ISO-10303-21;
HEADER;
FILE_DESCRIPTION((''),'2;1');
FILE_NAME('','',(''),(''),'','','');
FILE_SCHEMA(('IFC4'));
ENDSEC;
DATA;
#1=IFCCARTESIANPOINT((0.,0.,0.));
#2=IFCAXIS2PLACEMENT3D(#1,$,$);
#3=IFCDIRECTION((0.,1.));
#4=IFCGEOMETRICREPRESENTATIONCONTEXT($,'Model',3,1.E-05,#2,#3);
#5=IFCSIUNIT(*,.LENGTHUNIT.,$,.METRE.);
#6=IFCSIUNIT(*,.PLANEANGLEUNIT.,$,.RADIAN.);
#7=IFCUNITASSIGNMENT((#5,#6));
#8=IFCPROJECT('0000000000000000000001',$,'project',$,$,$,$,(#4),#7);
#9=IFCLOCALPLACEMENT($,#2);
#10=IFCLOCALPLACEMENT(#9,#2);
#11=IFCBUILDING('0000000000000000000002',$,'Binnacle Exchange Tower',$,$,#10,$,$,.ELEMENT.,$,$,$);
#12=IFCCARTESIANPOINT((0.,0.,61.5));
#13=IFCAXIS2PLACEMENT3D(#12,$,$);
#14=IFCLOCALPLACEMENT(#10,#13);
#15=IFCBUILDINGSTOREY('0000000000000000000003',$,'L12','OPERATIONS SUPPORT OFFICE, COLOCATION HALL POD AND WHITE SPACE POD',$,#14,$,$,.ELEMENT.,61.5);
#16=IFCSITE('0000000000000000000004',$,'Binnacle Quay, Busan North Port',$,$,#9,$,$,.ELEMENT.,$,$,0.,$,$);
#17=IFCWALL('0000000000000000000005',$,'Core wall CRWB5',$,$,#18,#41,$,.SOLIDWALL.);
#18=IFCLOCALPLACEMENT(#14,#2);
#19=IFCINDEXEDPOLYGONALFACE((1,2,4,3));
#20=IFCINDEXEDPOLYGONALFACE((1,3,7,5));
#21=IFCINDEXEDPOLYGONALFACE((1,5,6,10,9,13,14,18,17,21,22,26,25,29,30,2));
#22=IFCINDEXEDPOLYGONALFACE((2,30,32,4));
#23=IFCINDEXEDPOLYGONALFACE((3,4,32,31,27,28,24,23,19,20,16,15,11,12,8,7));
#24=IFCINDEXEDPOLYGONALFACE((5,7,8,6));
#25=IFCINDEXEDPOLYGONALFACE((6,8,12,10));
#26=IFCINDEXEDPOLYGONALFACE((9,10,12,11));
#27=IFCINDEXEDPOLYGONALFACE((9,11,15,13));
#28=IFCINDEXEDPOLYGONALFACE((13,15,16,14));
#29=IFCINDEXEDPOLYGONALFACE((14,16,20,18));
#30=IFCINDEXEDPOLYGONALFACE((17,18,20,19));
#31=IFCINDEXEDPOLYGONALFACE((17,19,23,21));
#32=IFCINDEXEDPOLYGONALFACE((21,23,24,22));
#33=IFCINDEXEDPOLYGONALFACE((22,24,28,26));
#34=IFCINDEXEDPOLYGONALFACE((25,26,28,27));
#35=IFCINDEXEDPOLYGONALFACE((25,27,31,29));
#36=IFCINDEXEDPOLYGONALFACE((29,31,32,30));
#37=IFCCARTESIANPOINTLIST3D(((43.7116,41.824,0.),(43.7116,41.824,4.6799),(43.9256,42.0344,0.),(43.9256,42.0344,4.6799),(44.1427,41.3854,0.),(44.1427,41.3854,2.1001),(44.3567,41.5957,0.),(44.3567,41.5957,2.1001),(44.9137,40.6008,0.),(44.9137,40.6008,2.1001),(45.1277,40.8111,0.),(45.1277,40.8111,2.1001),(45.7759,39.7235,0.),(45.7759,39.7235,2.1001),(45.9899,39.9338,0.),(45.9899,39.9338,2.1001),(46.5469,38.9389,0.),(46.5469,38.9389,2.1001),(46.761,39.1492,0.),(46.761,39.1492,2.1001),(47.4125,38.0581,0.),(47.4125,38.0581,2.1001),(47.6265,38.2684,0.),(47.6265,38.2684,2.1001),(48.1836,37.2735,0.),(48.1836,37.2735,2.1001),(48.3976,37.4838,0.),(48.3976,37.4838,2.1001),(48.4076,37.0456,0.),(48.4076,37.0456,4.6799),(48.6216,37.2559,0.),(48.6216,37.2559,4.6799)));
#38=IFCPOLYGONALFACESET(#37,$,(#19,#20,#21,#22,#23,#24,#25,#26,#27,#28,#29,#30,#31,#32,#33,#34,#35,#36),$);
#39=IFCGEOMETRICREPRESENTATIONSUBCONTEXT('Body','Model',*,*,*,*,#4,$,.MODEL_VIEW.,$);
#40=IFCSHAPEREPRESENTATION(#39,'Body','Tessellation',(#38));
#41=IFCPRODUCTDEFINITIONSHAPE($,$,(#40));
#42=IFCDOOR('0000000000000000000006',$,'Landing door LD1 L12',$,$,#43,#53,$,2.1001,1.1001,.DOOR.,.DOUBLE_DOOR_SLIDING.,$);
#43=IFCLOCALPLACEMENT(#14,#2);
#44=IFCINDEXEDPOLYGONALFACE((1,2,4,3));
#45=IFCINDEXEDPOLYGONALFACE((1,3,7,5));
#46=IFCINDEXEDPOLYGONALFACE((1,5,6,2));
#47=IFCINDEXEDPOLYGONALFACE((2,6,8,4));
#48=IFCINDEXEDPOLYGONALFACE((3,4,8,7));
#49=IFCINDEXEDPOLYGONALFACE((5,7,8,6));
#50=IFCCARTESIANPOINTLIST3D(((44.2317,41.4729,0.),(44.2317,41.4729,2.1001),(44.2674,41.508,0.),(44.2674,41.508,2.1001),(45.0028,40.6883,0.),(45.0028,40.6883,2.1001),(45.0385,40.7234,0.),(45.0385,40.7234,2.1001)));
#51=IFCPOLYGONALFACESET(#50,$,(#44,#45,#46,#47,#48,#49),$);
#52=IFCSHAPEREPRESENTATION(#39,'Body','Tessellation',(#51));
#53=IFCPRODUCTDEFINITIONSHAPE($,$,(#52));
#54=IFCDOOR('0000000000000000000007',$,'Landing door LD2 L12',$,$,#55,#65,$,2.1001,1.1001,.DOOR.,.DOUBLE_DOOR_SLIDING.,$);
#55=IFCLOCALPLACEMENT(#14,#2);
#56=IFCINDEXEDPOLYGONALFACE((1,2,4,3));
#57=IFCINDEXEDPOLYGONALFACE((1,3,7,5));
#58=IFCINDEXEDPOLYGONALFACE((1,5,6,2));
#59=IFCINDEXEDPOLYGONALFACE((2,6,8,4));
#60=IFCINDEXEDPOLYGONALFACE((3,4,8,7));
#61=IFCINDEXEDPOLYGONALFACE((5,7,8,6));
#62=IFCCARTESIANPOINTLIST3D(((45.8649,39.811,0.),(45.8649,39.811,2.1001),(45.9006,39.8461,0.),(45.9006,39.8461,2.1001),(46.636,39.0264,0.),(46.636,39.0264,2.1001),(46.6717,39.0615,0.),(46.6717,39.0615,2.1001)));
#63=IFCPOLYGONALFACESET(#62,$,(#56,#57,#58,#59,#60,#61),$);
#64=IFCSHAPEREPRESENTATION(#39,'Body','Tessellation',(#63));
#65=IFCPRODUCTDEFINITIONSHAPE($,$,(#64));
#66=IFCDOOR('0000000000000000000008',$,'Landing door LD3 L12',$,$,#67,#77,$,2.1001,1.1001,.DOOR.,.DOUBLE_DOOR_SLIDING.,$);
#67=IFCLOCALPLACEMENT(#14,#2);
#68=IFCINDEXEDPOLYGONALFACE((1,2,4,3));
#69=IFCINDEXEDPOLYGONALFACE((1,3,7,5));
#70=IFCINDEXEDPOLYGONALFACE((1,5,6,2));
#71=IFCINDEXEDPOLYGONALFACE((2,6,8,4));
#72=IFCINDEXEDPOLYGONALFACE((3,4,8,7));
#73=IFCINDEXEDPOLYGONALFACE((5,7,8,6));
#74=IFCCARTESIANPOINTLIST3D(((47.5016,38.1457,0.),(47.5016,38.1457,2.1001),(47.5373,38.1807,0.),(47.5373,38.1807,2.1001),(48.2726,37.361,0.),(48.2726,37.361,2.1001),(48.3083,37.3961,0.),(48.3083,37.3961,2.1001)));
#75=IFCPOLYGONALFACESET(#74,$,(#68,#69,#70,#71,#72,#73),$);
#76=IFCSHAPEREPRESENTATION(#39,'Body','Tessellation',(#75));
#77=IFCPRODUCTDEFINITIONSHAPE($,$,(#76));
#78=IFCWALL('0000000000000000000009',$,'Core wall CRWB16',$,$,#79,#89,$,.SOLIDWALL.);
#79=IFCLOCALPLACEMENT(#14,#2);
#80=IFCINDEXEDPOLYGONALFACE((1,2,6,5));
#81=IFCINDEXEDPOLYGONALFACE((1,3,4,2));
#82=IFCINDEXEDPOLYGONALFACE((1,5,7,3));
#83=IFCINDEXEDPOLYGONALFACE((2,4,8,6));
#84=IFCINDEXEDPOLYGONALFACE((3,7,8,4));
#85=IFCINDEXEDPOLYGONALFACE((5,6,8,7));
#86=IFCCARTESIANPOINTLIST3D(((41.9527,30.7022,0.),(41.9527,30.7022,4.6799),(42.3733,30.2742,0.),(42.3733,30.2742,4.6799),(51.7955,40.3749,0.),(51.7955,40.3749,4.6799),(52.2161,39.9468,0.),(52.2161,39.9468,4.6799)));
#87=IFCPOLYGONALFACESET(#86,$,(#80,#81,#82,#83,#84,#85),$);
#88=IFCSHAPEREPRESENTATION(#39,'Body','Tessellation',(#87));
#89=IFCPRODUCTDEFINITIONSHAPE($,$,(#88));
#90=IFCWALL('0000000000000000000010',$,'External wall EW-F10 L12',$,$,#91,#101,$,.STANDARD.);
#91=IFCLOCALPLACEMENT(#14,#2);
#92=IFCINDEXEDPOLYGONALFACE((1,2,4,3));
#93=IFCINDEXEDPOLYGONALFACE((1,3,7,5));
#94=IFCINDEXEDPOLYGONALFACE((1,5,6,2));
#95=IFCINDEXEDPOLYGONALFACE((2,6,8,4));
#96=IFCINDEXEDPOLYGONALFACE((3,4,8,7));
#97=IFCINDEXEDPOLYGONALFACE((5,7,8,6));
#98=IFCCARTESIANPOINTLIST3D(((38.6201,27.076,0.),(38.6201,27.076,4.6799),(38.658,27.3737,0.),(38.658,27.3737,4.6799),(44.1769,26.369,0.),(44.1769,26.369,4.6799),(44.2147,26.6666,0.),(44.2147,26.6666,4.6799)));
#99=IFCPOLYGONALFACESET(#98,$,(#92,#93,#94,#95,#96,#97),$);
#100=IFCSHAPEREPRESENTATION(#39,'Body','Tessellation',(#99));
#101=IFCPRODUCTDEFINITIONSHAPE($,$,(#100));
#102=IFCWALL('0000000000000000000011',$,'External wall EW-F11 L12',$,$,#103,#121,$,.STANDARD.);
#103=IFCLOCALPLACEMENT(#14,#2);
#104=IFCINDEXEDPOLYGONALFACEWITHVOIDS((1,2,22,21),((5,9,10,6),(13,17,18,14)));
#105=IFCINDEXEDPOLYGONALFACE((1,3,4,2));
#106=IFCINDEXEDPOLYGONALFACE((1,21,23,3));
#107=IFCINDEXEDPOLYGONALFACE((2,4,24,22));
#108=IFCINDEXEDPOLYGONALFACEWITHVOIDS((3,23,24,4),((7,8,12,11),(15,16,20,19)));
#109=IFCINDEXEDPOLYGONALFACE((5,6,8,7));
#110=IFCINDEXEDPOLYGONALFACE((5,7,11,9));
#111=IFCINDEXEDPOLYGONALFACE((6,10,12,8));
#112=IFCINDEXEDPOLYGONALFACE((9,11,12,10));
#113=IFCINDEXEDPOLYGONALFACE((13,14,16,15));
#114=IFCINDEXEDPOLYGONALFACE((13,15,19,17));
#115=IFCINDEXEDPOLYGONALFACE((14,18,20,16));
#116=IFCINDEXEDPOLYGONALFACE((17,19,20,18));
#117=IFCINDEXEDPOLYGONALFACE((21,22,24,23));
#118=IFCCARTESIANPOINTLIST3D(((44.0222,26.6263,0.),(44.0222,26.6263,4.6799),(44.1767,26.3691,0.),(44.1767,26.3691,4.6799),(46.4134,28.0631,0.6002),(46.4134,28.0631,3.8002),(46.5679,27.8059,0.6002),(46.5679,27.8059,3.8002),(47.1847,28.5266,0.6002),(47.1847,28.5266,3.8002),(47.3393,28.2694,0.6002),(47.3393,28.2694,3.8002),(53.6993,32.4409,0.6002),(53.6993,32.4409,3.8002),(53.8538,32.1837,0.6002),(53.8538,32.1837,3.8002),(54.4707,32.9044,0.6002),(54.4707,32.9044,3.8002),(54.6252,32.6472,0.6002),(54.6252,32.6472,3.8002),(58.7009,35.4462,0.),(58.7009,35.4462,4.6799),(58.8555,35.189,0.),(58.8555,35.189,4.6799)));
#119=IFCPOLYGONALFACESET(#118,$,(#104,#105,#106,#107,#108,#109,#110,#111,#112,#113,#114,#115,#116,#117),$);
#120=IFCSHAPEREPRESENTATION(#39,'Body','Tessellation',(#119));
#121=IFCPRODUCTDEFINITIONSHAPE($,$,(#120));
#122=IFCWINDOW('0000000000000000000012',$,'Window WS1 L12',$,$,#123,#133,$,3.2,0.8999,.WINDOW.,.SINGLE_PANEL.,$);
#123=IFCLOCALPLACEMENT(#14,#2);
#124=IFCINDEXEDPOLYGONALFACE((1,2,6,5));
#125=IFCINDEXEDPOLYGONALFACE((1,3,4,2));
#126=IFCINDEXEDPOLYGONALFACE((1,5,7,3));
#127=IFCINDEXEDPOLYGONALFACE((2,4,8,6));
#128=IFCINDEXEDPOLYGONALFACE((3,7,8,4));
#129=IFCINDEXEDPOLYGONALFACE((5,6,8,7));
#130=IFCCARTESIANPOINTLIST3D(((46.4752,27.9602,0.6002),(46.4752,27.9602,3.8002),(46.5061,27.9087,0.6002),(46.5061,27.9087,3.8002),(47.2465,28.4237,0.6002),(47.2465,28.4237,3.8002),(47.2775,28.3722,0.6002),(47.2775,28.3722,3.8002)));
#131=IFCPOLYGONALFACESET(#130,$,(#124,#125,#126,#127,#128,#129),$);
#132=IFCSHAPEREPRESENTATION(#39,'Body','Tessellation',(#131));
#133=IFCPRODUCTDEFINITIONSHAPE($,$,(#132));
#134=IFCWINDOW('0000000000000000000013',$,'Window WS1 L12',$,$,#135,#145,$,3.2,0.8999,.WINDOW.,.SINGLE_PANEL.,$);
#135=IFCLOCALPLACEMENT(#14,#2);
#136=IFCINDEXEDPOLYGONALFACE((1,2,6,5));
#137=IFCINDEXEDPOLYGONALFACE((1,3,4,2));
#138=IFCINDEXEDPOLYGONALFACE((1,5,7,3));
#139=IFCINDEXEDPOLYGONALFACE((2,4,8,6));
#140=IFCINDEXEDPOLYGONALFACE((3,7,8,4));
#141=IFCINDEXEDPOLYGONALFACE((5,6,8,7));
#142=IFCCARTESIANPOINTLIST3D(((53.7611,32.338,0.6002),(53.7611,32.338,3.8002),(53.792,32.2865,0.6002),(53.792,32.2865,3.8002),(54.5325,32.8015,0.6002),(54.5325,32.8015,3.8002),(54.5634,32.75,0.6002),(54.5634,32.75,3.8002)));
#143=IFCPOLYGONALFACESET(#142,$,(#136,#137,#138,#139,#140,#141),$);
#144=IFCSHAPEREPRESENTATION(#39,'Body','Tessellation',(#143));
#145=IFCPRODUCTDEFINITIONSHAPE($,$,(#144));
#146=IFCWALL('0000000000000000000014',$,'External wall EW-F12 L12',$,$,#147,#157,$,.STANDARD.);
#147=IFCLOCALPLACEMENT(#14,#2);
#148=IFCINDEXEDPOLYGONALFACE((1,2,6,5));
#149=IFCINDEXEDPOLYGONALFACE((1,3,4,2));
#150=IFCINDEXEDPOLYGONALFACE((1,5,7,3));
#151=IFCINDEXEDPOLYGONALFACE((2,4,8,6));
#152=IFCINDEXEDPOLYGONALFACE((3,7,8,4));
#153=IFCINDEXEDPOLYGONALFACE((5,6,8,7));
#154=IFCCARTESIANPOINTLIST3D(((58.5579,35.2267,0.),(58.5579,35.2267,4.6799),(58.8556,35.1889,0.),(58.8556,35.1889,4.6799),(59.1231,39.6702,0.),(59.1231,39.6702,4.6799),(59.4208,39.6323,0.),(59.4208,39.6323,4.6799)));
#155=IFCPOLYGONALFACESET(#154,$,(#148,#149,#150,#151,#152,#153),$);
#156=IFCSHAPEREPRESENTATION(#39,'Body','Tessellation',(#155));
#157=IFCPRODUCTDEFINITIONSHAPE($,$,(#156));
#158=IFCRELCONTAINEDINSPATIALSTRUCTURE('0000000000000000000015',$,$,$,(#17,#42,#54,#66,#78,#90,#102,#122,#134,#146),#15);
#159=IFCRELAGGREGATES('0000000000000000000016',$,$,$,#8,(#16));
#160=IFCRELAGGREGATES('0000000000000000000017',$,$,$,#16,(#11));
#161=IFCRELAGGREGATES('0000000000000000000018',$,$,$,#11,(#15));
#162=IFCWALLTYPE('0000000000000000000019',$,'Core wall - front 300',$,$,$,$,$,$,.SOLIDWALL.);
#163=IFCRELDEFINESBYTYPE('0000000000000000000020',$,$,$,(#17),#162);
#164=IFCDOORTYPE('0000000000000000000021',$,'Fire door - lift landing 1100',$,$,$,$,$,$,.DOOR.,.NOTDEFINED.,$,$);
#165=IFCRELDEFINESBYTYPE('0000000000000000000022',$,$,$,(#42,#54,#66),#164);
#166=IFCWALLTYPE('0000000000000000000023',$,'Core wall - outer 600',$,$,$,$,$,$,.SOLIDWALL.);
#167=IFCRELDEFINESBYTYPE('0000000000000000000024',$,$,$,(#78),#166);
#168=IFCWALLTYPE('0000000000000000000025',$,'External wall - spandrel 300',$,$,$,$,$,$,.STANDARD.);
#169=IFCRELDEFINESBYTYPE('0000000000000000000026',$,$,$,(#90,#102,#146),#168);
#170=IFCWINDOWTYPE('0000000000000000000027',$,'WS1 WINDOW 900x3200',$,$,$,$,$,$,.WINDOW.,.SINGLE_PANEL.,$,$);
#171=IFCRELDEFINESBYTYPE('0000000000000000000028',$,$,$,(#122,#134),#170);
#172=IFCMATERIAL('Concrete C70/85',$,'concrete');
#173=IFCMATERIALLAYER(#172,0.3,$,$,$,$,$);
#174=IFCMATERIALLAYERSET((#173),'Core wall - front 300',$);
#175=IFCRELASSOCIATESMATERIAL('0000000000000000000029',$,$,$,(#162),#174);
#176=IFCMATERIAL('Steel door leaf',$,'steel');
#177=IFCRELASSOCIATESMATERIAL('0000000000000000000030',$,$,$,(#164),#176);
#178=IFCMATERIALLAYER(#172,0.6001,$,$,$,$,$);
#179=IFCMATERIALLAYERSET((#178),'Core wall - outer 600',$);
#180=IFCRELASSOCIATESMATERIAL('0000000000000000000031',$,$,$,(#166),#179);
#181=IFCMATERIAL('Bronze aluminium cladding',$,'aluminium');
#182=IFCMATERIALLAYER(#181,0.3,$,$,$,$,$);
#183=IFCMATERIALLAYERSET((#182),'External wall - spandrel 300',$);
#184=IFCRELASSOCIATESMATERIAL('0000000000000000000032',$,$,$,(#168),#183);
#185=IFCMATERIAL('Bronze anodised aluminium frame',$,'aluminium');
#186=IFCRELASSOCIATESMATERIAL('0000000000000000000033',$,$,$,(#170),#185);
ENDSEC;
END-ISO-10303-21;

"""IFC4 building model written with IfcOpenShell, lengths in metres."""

from ifc_helpers import new_model, si_unit, direction, frame, frame_2d, origin, place, context, subcontext, project, spatial, rectangle, extrude, material, layer, layer_set, type_object, element, fill, save


model = new_model("IFC4")

# Units and contexts
model_context = context("Model", 3, precision=1e-05, world=origin(), true_north=direction((0.0, 1.0)))
body_context = subcontext(model_context, "Body", "Model", "MODEL_VIEW")
ifc_project = project(units=[si_unit("LENGTHUNIT", "METRE"), si_unit("PLANEANGLEUNIT", "RADIAN")], contexts=[model_context])

# Site, building, storey
site_placement = place(None, origin())
site = spatial("IfcSite", under=ifc_project, at=site_placement, Name="Binnacle Quay, Busan North Port", CompositionType="ELEMENT", RefElevation=0.0)
building_placement = place(site_placement, origin())
building = spatial("IfcBuilding", under=site, at=building_placement, Name="Binnacle Exchange Tower", CompositionType="ELEMENT")
storey_placement = place(building_placement, frame((0.0, 0.0, 61.5)))
storey = spatial("IfcBuildingStorey", under=building, at=storey_placement, Name="L12", Description="OPERATIONS SUPPORT OFFICE, COLOCATION HALL POD AND WHITE SPACE POD", CompositionType="ELEMENT", Elevation=61.5)

# Shared definitions
ifc_material_1 = material(Name="Concrete C70/85", Category="concrete")

# Wall, openings, doors
ifc_layer_1 = layer(ifc_material_1, 0.3)
ifc_layer_set_1 = layer_set([ifc_layer_1], Name="Core wall - front 300")
wall_type_1 = type_object("IfcWallType", Name="Core wall - front 300", PredefinedType="SOLIDWALL", material=ifc_layer_set_1)
wall_1_placement = place(storey_placement, frame((43.8186, 41.9292, 0.0), z_axis=(0.0, 0.0, 1.0), x_axis=(0.700922, -0.713238, 0.0)))
wall_1 = element("IfcWall", 1, at=wall_1_placement, inside=storey, type_object=wall_type_1, Name="Core wall CRWB5", PredefinedType="SOLIDWALL", context=body_context, shape_type="SweptSolid", body=[
    extrude(rectangle(XDim=6.6997, YDim=0.3, at=frame_2d((3.3499, 0.0))), origin(), (0.0, 0.0, 1.0), 4.6799),
])
opening_1_placement = place(wall_1_placement, frame((0.615, 0.0, 0.0)))
opening_1 = element("IfcOpeningElement", 2, at=opening_1_placement, cuts=wall_1, PredefinedType="OPENING", context=body_context, shape_type="SweptSolid", body=[
    extrude(rectangle(XDim=1.1001, YDim=2.1001, at=frame_2d((0.55, 1.05))), frame((0.0, 0.1599, 0.0), z_axis=(0.0, -1.0, 0.0), x_axis=(1.0, 0.0, 0.0)), (0.0, 0.0, 1.0), 0.3201),
])
opening_2_placement = place(wall_1_placement, frame((2.9451, 0.0, 0.0)))
opening_2 = element("IfcOpeningElement", 3, at=opening_2_placement, cuts=wall_1, PredefinedType="OPENING", context=body_context, shape_type="SweptSolid", body=[
    extrude(rectangle(XDim=1.1001, YDim=2.1001, at=frame_2d((0.55, 1.05))), frame((0.0, 0.1599, 0.0), z_axis=(0.0, -1.0, 0.0), x_axis=(1.0, 0.0, 0.0)), (0.0, 0.0, 1.0), 0.3201),
])
opening_3_placement = place(wall_1_placement, frame((5.28, 0.0, 0.0)))
opening_3 = element("IfcOpeningElement", 4, at=opening_3_placement, cuts=wall_1, PredefinedType="OPENING", context=body_context, shape_type="SweptSolid", body=[
    extrude(rectangle(XDim=1.1001, YDim=2.1001, at=frame_2d((0.55, 1.05))), frame((0.0, 0.1599, 0.0), z_axis=(0.0, -1.0, 0.0), x_axis=(1.0, 0.0, 0.0)), (0.0, 0.0, 1.0), 0.3201),
])
ifc_material_2 = material(Name="Steel door leaf", Category="steel")
door_type_1 = type_object("IfcDoorType", Name="Fire door - lift landing 1100", OperationType="NOTDEFINED", PredefinedType="DOOR", material=ifc_material_2)
door_1_placement = place(opening_1_placement, origin())
door_1 = element("IfcDoor", 5, at=door_1_placement, inside=storey, type_object=door_type_1, Name="Landing door LD1 L12", OperationType="DOUBLE_DOOR_SLIDING", OverallHeight=2.1001, OverallWidth=1.1001, PredefinedType="DOOR", context=body_context, shape_type="SweptSolid", body=[
    extrude(rectangle(XDim=1.1001, YDim=2.1001, at=frame_2d((0.55, 1.05))), frame((0.0, 0.0249, 0.0), z_axis=(0.0, -1.0, 0.0), x_axis=(1.0, 0.0, 0.0)), (0.0, 0.0, 1.0), 0.05),
])
fill(opening_1, door_1)
door_2_placement = place(opening_2_placement, origin())
door_2 = element("IfcDoor", 6, at=door_2_placement, inside=storey, type_object=door_type_1, Name="Landing door LD2 L12", OperationType="DOUBLE_DOOR_SLIDING", OverallHeight=2.1001, OverallWidth=1.1001, PredefinedType="DOOR", context=body_context, shape_type="SweptSolid", body=[
    extrude(rectangle(XDim=1.1001, YDim=2.1001, at=frame_2d((0.55, 1.05))), frame((0.0, 0.0249, 0.0), z_axis=(0.0, -1.0, 0.0), x_axis=(1.0, 0.0, 0.0)), (0.0, 0.0, 1.0), 0.05),
])
fill(opening_2, door_2)
door_3_placement = place(opening_3_placement, origin())
door_3 = element("IfcDoor", 7, at=door_3_placement, inside=storey, type_object=door_type_1, Name="Landing door LD3 L12", OperationType="DOUBLE_DOOR_SLIDING", OverallHeight=2.1001, OverallWidth=1.1001, PredefinedType="DOOR", context=body_context, shape_type="SweptSolid", body=[
    extrude(rectangle(XDim=1.1001, YDim=2.1001, at=frame_2d((0.55, 1.05))), frame((0.0, 0.0249, 0.0), z_axis=(0.0, -1.0, 0.0), x_axis=(1.0, 0.0, 0.0)), (0.0, 0.0, 1.0), 0.05),
])
fill(opening_3, door_3)

# Walls
ifc_layer_2 = layer(ifc_material_1, 0.6001)
ifc_layer_set_2 = layer_set([ifc_layer_2], Name="Core wall - outer 600")
wall_type_2 = type_object("IfcWallType", Name="Core wall - outer 600", PredefinedType="SOLIDWALL", material=ifc_layer_set_2)
wall_2_placement = place(storey_placement, frame((42.1631, 30.4883, 0.0), z_axis=(0.0, 0.0, 1.0), x_axis=(0.713245, 0.700914, 0.0)))
element("IfcWall", 8, at=wall_2_placement, inside=storey, type_object=wall_type_2, Name="Core wall CRWB16", PredefinedType="SOLIDWALL", context=body_context, shape_type="SweptSolid", body=[
    extrude(rectangle(XDim=13.8, YDim=0.6001, at=frame_2d((6.8999, 0.0))), origin(), (0.0, 0.0, 1.0), 4.6799),
])
ifc_material_3 = material(Name="Bronze aluminium cladding", Category="aluminium")
ifc_layer_3 = layer(ifc_material_3, 0.3)
ifc_layer_set_3 = layer_set([ifc_layer_3], Name="External wall - spandrel 300")
wall_type_3 = type_object("IfcWallType", Name="External wall - spandrel 300", PredefinedType="STANDARD", material=ifc_layer_set_3)
wall_3_placement = place(storey_placement, frame((44.1958, 26.5178, 0.0), z_axis=(0.0, 0.0, 1.0), x_axis=(-0.992002, 0.126223, 0.0)))
element("IfcWall", 9, at=wall_3_placement, inside=storey, type_object=wall_type_3, Name="External wall EW-F10 L12", PredefinedType="STANDARD", context=body_context, shape_type="SweptSolid", body=[
    extrude(rectangle(XDim=5.6016, YDim=0.3, at=frame_2d((2.8008, 0.0))), origin(), (0.0, 0.0, 1.0), 4.6799),
])

# Wall, openings, windows
wall_4_placement = place(storey_placement, frame((58.7783, 35.3176, 0.0), z_axis=(0.0, 0.0, 1.0), x_axis=(-0.857168, -0.515037, 0.0)))
wall_4 = element("IfcWall", 10, at=wall_4_placement, inside=storey, type_object=wall_type_3, Name="External wall EW-F11 L12", PredefinedType="STANDARD", context=body_context, shape_type="SweptSolid", body=[
    extrude(rectangle(XDim=17.1248, YDim=0.3, at=frame_2d((8.5625, 0.0))), origin(), (0.0, 0.0, 1.0), 4.6799),
])
opening_4_placement = place(wall_4_placement, frame((13.4353, 0.0, 0.6001)))
opening_4 = element("IfcOpeningElement", 11, at=opening_4_placement, cuts=wall_4, PredefinedType="OPENING", context=body_context, shape_type="SweptSolid", body=[
    extrude(rectangle(XDim=0.8999, YDim=3.2, at=frame_2d((0.45, 1.6001))), frame((0.0, 0.1599, 0.0), z_axis=(0.0, -1.0, 0.0), x_axis=(1.0, 0.0, 0.0)), (0.0, 0.0, 1.0), 0.3201),
])
opening_5_placement = place(wall_4_placement, frame((4.9353, 0.0, 0.6001)))
opening_5 = element("IfcOpeningElement", 12, at=opening_5_placement, cuts=wall_4, PredefinedType="OPENING", context=body_context, shape_type="SweptSolid", body=[
    extrude(rectangle(XDim=0.8999, YDim=3.2, at=frame_2d((0.45, 1.6001))), frame((0.0, 0.1599, 0.0), z_axis=(0.0, -1.0, 0.0), x_axis=(1.0, 0.0, 0.0)), (0.0, 0.0, 1.0), 0.3201),
])
ifc_material_4 = material(Name="Bronze anodised aluminium frame", Category="aluminium")
window_type = type_object("IfcWindowType", Name="WS1 WINDOW 900x3200", PartitioningType="SINGLE_PANEL", PredefinedType="WINDOW", material=ifc_material_4)
window_1_placement = place(opening_4_placement, origin())
window_1 = element("IfcWindow", 13, at=window_1_placement, inside=storey, type_object=window_type, Name="Window WS1 L12", OverallHeight=3.2, OverallWidth=0.8999, PartitioningType="SINGLE_PANEL", PredefinedType="WINDOW", context=body_context, shape_type="SweptSolid", body=[
    extrude(rectangle(XDim=0.8999, YDim=3.2, at=frame_2d((0.45, 1.6001))), frame((0.0, 0.03, 0.0), z_axis=(0.0, -1.0, 0.0), x_axis=(1.0, 0.0, 0.0)), (0.0, 0.0, 1.0), 0.0601),
])
fill(opening_4, window_1)
window_2_placement = place(opening_5_placement, origin())
window_2 = element("IfcWindow", 14, at=window_2_placement, inside=storey, type_object=window_type, Name="Window WS1 L12", OverallHeight=3.2, OverallWidth=0.8999, PartitioningType="SINGLE_PANEL", PredefinedType="WINDOW", context=body_context, shape_type="SweptSolid", body=[
    extrude(rectangle(XDim=0.8999, YDim=3.2, at=frame_2d((0.45, 1.6001))), frame((0.0, 0.03, 0.0), z_axis=(0.0, -1.0, 0.0), x_axis=(1.0, 0.0, 0.0)), (0.0, 0.0, 1.0), 0.0601),
])
fill(opening_5, window_2)

# Wall
wall_5_placement = place(storey_placement, frame((59.272, 39.6514, 0.0), z_axis=(0.0, 0.0, 1.0), x_axis=(-0.126181, -0.992007, 0.0)))
element("IfcWall", 15, at=wall_5_placement, inside=storey, type_object=wall_type_3, Name="External wall EW-F12 L12", PredefinedType="STANDARD", context=body_context, shape_type="SweptSolid", body=[
    extrude(rectangle(XDim=4.4792, YDim=0.3, at=frame_2d((2.2397, 0.0))), origin(), (0.0, 0.0, 1.0), 4.6799),
])

save(model, "model.ifc")
